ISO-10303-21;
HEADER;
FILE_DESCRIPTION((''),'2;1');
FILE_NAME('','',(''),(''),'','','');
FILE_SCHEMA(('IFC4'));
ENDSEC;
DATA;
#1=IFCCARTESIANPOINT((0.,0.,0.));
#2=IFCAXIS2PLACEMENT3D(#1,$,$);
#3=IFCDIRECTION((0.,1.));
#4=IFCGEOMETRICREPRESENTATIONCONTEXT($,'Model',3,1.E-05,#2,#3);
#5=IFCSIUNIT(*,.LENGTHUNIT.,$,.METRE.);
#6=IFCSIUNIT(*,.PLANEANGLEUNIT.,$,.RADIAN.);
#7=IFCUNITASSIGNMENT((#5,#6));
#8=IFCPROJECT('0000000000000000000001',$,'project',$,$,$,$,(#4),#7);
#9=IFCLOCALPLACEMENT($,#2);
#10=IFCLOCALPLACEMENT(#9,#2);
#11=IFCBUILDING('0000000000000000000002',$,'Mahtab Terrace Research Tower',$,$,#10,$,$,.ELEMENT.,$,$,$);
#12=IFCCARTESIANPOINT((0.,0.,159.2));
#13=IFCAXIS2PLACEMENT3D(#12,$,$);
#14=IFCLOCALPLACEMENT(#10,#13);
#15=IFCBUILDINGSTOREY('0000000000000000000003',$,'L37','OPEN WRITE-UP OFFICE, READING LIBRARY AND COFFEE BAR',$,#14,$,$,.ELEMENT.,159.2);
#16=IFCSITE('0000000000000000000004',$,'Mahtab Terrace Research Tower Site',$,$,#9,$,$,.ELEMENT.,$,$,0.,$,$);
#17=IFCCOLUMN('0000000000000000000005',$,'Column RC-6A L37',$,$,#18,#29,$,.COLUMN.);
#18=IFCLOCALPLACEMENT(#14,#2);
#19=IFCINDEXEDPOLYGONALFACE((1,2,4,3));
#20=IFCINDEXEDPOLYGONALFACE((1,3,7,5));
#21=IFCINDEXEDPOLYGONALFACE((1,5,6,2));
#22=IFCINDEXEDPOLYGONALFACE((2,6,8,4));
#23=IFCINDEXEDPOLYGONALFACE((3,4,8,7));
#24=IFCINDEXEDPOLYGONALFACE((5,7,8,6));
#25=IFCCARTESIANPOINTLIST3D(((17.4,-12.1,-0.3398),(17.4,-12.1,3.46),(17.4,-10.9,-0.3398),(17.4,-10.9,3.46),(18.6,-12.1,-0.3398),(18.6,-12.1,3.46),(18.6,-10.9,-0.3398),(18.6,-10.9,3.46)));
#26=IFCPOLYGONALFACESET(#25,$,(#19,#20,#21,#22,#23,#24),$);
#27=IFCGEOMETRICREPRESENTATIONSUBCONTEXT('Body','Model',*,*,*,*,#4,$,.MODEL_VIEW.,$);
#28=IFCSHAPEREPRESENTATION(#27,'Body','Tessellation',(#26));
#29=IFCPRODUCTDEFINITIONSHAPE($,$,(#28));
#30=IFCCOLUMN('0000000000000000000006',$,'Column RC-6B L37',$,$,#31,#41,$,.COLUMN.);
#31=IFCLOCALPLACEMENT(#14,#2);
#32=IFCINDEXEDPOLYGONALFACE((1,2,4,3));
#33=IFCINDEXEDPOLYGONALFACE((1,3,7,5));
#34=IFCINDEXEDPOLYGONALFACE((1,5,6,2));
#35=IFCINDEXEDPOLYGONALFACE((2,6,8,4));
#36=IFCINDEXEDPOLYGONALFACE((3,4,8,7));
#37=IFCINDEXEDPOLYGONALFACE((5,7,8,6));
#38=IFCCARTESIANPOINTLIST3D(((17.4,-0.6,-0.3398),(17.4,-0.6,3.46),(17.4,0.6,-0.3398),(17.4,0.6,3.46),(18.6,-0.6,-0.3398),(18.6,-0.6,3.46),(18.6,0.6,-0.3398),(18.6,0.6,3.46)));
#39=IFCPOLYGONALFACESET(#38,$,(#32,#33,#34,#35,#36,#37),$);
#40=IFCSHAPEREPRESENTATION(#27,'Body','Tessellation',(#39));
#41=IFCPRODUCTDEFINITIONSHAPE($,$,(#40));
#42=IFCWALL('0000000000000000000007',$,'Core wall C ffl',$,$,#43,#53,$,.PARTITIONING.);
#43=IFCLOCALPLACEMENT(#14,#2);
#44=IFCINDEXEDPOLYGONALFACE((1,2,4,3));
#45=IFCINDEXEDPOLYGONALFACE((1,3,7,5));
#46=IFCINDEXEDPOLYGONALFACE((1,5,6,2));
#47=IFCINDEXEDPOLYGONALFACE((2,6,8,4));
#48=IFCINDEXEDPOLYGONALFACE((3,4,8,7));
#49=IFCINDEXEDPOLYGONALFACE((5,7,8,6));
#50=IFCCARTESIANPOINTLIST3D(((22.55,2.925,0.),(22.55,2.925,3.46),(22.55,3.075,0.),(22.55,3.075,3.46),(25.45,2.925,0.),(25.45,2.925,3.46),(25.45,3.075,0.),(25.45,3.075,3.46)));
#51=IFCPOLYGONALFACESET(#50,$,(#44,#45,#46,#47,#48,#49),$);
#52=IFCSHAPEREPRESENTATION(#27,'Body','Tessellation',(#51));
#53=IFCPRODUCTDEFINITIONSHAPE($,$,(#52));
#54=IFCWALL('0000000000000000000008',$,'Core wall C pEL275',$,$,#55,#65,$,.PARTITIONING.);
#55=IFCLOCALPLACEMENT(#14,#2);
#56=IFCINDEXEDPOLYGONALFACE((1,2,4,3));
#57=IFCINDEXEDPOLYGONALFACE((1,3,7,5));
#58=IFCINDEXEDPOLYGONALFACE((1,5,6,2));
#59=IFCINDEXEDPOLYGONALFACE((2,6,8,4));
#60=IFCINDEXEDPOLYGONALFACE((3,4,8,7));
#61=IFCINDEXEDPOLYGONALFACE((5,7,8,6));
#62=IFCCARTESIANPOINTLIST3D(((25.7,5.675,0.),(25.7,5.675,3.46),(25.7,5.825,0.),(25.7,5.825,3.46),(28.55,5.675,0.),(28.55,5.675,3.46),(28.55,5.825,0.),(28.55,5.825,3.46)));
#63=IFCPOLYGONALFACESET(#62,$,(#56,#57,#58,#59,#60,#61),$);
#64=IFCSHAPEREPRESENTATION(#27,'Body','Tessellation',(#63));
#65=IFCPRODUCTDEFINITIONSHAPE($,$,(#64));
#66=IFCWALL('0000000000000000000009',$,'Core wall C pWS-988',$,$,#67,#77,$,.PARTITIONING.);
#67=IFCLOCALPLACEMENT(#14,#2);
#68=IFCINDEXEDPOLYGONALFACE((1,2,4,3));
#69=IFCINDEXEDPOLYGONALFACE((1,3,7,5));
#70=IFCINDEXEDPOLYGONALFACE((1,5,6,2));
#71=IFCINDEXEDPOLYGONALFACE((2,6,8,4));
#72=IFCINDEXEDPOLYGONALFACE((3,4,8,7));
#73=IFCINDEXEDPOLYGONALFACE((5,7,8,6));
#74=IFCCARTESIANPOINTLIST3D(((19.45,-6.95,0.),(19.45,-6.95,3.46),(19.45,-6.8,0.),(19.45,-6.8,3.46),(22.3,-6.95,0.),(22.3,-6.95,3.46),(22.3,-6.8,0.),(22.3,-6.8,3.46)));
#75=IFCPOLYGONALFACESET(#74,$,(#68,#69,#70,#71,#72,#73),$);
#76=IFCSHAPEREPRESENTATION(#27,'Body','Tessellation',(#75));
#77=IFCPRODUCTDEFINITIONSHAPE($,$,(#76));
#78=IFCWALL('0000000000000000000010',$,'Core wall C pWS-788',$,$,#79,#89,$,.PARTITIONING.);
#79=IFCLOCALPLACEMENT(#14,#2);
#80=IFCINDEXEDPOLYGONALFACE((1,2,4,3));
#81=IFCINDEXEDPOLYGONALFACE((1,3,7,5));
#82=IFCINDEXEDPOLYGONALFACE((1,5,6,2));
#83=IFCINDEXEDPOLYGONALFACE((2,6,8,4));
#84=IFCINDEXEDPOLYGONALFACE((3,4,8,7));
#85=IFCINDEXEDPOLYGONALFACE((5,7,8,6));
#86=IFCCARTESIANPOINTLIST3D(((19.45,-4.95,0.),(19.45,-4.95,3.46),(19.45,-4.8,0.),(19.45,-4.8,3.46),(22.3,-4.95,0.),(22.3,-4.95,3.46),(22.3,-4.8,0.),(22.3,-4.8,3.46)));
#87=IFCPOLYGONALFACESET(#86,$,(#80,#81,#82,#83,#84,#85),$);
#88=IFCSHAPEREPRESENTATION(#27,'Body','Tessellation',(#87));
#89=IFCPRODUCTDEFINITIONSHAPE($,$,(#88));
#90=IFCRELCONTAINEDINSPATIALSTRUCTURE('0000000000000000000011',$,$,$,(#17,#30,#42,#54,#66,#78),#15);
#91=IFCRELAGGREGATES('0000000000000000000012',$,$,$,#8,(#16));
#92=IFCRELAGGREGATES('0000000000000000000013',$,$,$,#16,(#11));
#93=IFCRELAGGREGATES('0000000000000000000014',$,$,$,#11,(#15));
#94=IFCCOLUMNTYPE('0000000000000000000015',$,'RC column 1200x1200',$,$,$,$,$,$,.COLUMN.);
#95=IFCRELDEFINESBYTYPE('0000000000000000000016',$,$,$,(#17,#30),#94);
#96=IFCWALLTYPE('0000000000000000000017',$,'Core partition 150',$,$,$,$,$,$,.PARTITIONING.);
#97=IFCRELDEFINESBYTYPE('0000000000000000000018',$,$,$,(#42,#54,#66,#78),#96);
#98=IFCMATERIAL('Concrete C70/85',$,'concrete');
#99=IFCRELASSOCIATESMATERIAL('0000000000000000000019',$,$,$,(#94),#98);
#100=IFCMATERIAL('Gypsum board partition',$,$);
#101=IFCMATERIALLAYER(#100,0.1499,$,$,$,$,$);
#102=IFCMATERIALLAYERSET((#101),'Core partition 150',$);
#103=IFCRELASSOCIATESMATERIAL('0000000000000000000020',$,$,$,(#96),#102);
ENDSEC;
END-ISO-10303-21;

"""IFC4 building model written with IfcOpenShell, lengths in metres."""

from ifc_helpers import new_model, si_unit, direction, frame, frame_2d, origin, origin_2d, place, context, subcontext, project, spatial, rectangle, extrude, material, layer, layer_set, material_profile, profile_set, type_object, element, save


model = new_model("IFC4")

# Units and contexts
model_context = context("Model", 3, precision=1e-05, world=origin(), true_north=direction((0.0, 1.0)))
body_context = subcontext(model_context, "Body", "Model", "MODEL_VIEW")
ifc_project = project(units=[si_unit("LENGTHUNIT", "METRE"), si_unit("PLANEANGLEUNIT", "RADIAN")], contexts=[model_context])

# Site, building, storey
site_placement = place(None, origin())
site = spatial("IfcSite", under=ifc_project, at=site_placement, Name="Mahtab Terrace Research Tower Site", CompositionType="ELEMENT", RefElevation=0.0)
building_placement = place(site_placement, origin())
building = spatial("IfcBuilding", under=site, at=building_placement, Name="Mahtab Terrace Research Tower", CompositionType="ELEMENT")
storey_placement = place(building_placement, frame((0.0, 0.0, 159.2)))
storey = spatial("IfcBuildingStorey", under=building, at=storey_placement, Name="L37", Description="OPEN WRITE-UP OFFICE, READING LIBRARY AND COFFEE BAR", CompositionType="ELEMENT", Elevation=159.2)

# Columns
ifc_material_1 = material(Name="Concrete C70/85", Category="concrete")
ifc_material_profile = material_profile(ifc_material_1, rectangle(XDim=1.2, YDim=1.2, at=origin_2d()), Name="RC column 1200x1200")
ifc_profile_set = profile_set([ifc_material_profile], Name="Concrete C70/85")
column_type = type_object("IfcColumnType", Name="RC column 1200x1200", PredefinedType="COLUMN", material=ifc_profile_set)
for number, where, z_axis, x_axis, name in (
    (1, (18.0, -11.5, -0.3398), (0.0, 0.0, 1.0), (1.0, 0.0, 0.0), "Column RC-6A L37"),
    (2, (18.0, 0.0, -0.3398), (0.0, 0.0, 1.0), (1.0, 0.0, 0.0), "Column RC-6B L37"),
):
    element("IfcColumn", number, at=place(storey_placement, frame(where, z_axis=z_axis, x_axis=x_axis)), inside=storey, type_object=column_type, Name=name, PredefinedType="COLUMN", context=body_context, shape_type="SweptSolid", body=[
        extrude(rectangle(XDim=1.2, YDim=1.2, at=origin_2d()), origin(), (0.0, 0.0, 1.0), 3.7998),
    ])

# Walls
ifc_material_2 = material(Name="Gypsum board partition")
ifc_layer_1 = layer(ifc_material_2, 0.1499)
ifc_layer_set_1 = layer_set([ifc_layer_1], Name="Core partition 150")
wall_type_1 = type_object("IfcWallType", Name="Core partition 150", PredefinedType="PARTITIONING", material=ifc_layer_set_1)
wall_1_placement = place(storey_placement, frame((22.55, 3.0, 0.0), z_axis=(0.0, 0.0, 1.0), x_axis=(1.0, 0.0, 0.0)))
element("IfcWall", 3, at=wall_1_placement, inside=storey, type_object=wall_type_1, Name="Core wall C ffl", PredefinedType="PARTITIONING", context=body_context, shape_type="SweptSolid", body=[
    extrude(rectangle(XDim=2.8999, YDim=0.1499, at=frame_2d((1.45, 0.0))), origin(), (0.0, 0.0, 1.0), 3.46),
])
for number, where, z_axis, x_axis, name in (
    (4, (25.7, 5.75, 0.0), (0.0, 0.0, 1.0), (1.0, 0.0, 0.0), "Core wall C pEL275"),
    (5, (19.45, -6.875, 0.0), (0.0, 0.0, 1.0), (1.0, 0.0, 0.0), "Core wall C pWS-988"),
    (6, (19.45, -4.875, 0.0), (0.0, 0.0, 1.0), (1.0, 0.0, 0.0), "Core wall C pWS-788"),
):
    element("IfcWall", number, at=place(storey_placement, frame(where, z_axis=z_axis, x_axis=x_axis)), inside=storey, type_object=wall_type_1, Name=name, PredefinedType="PARTITIONING", context=body_context, shape_type="SweptSolid", body=[
        extrude(rectangle(XDim=2.8501, YDim=0.1499, at=frame_2d((1.425, 0.0))), origin(), (0.0, 0.0, 1.0), 3.46),
    ])

save(model, "model.ifc")
